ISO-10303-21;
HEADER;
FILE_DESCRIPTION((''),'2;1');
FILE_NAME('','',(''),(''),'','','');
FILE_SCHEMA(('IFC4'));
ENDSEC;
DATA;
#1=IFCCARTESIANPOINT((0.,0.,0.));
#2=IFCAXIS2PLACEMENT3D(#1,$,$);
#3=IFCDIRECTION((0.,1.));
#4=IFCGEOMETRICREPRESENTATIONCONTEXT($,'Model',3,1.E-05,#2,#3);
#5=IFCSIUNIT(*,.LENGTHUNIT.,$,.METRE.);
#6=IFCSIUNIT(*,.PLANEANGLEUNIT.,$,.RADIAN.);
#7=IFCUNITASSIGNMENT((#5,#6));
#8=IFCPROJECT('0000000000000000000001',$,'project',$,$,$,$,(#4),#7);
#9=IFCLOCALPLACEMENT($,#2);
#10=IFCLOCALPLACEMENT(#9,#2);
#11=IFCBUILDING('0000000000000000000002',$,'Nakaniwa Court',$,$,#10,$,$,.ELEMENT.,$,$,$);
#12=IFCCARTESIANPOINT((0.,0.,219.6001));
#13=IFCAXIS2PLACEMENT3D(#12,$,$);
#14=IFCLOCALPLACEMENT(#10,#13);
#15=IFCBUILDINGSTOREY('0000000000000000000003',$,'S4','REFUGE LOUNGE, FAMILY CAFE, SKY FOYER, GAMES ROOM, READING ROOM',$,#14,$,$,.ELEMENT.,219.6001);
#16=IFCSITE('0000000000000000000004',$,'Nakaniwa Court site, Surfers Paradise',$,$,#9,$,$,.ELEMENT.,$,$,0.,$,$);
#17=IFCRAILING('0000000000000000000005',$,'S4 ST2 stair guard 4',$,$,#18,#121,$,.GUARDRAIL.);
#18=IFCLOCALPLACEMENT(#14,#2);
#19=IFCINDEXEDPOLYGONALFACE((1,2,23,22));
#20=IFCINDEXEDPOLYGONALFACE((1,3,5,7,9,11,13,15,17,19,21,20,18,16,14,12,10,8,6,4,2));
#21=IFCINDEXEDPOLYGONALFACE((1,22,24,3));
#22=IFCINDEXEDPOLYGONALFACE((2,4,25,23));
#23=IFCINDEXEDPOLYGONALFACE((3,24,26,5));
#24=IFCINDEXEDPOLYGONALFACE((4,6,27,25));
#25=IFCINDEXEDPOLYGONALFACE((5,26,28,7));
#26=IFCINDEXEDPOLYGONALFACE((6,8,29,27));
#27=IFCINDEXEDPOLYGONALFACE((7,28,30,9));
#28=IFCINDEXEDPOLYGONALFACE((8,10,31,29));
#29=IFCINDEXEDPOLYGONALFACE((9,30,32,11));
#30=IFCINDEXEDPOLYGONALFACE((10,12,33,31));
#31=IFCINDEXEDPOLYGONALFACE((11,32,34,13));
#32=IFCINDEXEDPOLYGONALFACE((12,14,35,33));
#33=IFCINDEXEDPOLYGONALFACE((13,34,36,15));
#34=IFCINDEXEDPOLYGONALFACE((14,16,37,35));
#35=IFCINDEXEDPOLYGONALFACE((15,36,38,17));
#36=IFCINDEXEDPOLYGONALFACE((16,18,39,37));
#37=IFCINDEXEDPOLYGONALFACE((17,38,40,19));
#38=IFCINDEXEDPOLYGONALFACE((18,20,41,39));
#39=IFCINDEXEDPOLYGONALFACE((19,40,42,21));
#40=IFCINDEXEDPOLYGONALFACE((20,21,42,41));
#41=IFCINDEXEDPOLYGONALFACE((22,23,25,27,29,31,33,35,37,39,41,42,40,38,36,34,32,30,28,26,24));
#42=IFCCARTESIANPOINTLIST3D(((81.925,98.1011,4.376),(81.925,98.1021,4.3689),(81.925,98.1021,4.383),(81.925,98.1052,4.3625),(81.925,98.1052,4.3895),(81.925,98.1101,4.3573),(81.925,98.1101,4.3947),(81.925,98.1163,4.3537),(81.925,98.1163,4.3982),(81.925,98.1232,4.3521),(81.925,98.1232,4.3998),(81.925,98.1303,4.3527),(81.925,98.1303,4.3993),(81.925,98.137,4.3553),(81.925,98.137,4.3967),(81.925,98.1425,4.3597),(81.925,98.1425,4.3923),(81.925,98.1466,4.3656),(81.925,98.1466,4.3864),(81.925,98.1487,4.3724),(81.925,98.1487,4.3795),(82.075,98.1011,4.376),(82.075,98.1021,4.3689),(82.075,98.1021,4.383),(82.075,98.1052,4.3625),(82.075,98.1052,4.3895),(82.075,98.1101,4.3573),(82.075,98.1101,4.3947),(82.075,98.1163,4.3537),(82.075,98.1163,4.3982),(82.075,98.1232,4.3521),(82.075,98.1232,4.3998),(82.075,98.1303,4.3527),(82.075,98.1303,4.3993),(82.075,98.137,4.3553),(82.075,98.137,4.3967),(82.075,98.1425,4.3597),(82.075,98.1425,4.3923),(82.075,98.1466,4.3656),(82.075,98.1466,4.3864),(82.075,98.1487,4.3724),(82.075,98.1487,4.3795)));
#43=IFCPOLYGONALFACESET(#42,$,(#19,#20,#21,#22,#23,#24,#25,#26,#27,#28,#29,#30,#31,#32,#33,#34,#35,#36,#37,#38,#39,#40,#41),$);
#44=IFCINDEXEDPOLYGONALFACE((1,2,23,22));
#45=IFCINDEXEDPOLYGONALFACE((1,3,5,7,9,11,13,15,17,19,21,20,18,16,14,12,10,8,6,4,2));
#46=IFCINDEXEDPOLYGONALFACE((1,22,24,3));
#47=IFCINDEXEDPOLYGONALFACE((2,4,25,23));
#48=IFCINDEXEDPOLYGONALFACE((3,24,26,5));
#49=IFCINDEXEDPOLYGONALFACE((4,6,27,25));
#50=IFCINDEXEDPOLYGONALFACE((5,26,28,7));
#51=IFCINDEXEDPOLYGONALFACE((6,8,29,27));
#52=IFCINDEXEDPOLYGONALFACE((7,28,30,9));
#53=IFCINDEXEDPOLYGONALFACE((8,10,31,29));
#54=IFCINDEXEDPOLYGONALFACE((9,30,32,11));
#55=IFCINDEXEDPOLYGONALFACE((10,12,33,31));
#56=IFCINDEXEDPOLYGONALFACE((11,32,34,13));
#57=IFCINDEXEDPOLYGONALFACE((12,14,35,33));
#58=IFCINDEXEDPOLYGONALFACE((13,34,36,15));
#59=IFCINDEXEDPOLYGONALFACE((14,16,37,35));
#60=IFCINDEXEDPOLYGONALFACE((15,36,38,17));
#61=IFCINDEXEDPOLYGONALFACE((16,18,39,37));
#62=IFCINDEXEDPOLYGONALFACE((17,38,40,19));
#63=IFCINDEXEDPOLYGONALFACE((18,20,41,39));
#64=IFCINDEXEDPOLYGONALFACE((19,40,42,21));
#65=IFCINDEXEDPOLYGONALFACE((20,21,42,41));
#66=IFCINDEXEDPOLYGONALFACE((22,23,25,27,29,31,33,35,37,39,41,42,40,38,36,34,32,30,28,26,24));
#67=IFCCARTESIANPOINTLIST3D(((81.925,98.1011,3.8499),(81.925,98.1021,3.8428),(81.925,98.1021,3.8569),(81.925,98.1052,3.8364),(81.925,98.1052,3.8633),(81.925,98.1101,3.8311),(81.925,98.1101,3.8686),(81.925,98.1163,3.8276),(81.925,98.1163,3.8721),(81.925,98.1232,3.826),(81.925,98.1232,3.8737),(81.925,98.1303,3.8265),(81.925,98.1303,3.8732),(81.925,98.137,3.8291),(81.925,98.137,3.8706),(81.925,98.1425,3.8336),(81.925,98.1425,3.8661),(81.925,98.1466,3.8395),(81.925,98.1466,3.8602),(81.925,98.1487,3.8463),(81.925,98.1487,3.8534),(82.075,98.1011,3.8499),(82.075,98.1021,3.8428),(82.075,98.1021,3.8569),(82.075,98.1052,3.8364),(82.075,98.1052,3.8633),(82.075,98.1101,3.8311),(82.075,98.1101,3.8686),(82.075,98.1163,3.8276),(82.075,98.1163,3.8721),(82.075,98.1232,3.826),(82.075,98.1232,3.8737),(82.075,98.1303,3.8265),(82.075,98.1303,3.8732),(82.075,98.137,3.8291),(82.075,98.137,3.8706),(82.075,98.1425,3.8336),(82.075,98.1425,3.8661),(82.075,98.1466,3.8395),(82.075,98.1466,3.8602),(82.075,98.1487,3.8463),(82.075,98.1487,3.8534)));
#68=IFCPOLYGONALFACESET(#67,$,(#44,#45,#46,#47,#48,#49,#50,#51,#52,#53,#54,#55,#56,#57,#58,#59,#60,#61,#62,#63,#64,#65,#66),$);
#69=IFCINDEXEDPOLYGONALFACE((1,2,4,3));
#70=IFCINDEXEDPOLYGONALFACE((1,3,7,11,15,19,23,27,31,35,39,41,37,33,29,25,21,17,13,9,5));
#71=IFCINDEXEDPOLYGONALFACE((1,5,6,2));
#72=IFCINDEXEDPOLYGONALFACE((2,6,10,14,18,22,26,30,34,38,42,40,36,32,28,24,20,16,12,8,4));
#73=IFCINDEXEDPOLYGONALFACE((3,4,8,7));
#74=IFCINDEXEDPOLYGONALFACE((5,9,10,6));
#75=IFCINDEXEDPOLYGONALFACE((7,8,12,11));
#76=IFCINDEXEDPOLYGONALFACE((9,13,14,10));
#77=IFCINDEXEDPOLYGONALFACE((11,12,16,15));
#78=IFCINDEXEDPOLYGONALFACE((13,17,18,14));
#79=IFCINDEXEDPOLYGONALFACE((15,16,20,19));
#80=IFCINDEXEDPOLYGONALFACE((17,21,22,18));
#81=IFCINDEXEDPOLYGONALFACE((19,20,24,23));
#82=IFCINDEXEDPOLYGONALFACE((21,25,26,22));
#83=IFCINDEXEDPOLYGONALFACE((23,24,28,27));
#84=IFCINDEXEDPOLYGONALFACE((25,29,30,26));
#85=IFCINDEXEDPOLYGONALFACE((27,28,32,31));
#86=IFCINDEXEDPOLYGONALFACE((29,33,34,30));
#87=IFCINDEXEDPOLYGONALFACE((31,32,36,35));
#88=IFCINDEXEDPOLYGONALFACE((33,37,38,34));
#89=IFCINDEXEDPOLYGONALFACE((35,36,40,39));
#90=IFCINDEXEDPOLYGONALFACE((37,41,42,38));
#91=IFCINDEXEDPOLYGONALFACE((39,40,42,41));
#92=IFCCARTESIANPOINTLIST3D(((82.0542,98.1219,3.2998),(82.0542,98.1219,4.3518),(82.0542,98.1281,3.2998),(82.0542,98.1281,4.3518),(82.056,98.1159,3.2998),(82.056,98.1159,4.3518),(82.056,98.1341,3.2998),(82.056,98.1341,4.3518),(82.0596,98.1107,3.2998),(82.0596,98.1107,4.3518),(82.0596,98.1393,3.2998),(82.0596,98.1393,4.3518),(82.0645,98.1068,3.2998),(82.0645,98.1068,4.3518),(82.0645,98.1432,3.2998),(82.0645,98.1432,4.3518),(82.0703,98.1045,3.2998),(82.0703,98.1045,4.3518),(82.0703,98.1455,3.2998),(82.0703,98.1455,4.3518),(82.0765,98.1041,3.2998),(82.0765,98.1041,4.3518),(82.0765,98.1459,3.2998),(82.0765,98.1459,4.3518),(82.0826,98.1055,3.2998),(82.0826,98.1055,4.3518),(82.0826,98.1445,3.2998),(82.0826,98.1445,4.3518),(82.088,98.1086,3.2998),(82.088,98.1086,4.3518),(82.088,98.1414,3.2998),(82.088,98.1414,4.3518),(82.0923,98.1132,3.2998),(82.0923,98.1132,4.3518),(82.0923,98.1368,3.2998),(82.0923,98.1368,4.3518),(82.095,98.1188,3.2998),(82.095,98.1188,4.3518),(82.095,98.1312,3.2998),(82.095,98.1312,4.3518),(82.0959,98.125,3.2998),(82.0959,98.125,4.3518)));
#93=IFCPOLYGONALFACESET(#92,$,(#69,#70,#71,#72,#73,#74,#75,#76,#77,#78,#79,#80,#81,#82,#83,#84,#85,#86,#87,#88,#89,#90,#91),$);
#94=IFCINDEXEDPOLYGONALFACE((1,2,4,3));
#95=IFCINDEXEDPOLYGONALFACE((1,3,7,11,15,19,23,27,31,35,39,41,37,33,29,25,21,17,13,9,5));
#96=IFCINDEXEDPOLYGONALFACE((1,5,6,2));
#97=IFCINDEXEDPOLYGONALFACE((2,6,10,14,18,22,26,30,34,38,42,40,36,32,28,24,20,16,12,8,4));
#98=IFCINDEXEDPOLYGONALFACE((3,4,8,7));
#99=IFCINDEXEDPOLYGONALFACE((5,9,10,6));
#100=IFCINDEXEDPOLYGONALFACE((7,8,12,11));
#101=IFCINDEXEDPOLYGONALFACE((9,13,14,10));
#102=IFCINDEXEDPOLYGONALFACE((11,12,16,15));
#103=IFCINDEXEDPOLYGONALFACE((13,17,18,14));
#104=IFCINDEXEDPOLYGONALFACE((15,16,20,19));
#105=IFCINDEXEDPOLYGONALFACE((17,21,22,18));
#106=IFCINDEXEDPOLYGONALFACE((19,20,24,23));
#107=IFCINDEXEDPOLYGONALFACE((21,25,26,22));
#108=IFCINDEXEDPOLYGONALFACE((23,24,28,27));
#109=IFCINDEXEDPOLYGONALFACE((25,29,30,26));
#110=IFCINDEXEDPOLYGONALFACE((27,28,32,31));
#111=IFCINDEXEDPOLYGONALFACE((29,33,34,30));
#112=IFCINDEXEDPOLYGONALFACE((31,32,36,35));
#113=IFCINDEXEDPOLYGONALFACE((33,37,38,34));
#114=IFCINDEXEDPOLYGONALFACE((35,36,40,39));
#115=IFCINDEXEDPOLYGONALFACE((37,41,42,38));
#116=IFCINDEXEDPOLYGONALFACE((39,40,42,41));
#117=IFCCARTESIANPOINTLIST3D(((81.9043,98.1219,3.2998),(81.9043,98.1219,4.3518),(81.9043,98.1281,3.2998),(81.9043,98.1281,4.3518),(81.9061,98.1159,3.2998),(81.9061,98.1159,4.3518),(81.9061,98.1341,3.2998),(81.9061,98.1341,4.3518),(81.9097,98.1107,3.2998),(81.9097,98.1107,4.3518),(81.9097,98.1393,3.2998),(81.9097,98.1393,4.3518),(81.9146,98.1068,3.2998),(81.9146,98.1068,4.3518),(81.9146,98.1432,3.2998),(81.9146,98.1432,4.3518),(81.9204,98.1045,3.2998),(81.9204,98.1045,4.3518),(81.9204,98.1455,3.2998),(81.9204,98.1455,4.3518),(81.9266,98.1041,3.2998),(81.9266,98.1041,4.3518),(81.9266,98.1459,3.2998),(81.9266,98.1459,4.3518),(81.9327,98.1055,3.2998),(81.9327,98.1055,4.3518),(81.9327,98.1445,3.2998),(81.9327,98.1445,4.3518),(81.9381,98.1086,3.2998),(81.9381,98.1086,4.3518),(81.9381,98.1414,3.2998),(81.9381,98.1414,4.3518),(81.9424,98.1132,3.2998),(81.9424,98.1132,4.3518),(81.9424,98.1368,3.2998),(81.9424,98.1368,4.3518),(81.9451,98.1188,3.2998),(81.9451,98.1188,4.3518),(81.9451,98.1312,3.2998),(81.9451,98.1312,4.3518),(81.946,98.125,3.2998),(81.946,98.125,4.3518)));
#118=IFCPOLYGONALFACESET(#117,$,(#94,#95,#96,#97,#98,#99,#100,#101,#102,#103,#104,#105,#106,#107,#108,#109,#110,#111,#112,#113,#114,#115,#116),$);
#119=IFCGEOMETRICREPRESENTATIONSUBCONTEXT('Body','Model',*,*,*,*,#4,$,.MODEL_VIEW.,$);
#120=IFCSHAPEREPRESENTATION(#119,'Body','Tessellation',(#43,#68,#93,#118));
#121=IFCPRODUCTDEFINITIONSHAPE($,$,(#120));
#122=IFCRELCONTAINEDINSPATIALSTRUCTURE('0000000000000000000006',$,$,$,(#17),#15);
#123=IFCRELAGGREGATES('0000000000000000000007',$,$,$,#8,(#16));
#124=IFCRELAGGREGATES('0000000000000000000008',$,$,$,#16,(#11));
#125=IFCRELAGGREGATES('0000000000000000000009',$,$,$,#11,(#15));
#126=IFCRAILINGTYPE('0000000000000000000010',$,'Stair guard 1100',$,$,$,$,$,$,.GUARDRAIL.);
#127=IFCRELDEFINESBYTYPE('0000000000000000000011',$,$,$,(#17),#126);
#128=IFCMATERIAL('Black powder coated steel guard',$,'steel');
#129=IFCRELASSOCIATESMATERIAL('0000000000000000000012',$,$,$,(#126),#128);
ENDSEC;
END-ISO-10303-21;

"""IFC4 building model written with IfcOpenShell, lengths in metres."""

from ifc_helpers import new_model, si_unit, direction, frame, origin, origin_2d, place, context, subcontext, project, spatial, circle, extrude, material, type_object, element, save


model = new_model("IFC4")

# Units and contexts
model_context = context("Model", 3, precision=1e-05, world=origin(), true_north=direction((0.0, 1.0)))
body_context = subcontext(model_context, "Body", "Model", "MODEL_VIEW")
ifc_project = project(units=[si_unit("LENGTHUNIT", "METRE"), si_unit("PLANEANGLEUNIT", "RADIAN")], contexts=[model_context])

# Site, building, storey
site_placement = place(None, origin())
site = spatial("IfcSite", under=ifc_project, at=site_placement, Name="Nakaniwa Court site, Surfers Paradise", CompositionType="ELEMENT", RefElevation=0.0)
building_placement = place(site_placement, origin())
building = spatial("IfcBuilding", under=site, at=building_placement, Name="Nakaniwa Court", CompositionType="ELEMENT")
storey_placement = place(building_placement, frame((0.0, 0.0, 219.6001)))
storey = spatial("IfcBuildingStorey", under=building, at=storey_placement, Name="S4", Description="REFUGE LOUNGE, FAMILY CAFE, SKY FOYER, GAMES ROOM, READING ROOM", CompositionType="ELEMENT", Elevation=219.6001)

# Railing
ifc_material_1 = material(Name="Black powder coated steel guard", Category="steel")
railing_type_1 = type_object("IfcRailingType", Name="Stair guard 1100", PredefinedType="GUARDRAIL", material=ifc_material_1)
railing_1_placement = place(storey_placement, frame((82.075, 98.125, 3.2998)))
element("IfcRailing", 1, at=railing_1_placement, inside=storey, type_object=railing_type_1, Name="S4 ST2 stair guard 4", PredefinedType="GUARDRAIL", context=body_context, shape_type="SweptSolid", body=[
    extrude(circle(Radius=0.0239, at=origin_2d()), frame((0.0, 0.0, 1.0762), z_axis=(-1.0, 0.0, 0.0), x_axis=(0.0, -1.0, 0.0)), (0.0, 0.0, 1.0), 0.1499),
    extrude(circle(Radius=0.0239, at=origin_2d()), frame((0.0, 0.0, 0.55), z_axis=(-1.0, 0.0, 0.0), x_axis=(0.0, -1.0, 0.0)), (0.0, 0.0, 1.0), 0.1499),
    extrude(circle(Radius=0.021, at=origin_2d()), origin(), (0.0, 0.0, 1.0), 1.052),
    extrude(circle(Radius=0.021, at=origin_2d()), frame((-0.1499, 0.0, 0.0)), (0.0, 0.0, 1.0), 1.052),
])

save(model, "model.ifc")
